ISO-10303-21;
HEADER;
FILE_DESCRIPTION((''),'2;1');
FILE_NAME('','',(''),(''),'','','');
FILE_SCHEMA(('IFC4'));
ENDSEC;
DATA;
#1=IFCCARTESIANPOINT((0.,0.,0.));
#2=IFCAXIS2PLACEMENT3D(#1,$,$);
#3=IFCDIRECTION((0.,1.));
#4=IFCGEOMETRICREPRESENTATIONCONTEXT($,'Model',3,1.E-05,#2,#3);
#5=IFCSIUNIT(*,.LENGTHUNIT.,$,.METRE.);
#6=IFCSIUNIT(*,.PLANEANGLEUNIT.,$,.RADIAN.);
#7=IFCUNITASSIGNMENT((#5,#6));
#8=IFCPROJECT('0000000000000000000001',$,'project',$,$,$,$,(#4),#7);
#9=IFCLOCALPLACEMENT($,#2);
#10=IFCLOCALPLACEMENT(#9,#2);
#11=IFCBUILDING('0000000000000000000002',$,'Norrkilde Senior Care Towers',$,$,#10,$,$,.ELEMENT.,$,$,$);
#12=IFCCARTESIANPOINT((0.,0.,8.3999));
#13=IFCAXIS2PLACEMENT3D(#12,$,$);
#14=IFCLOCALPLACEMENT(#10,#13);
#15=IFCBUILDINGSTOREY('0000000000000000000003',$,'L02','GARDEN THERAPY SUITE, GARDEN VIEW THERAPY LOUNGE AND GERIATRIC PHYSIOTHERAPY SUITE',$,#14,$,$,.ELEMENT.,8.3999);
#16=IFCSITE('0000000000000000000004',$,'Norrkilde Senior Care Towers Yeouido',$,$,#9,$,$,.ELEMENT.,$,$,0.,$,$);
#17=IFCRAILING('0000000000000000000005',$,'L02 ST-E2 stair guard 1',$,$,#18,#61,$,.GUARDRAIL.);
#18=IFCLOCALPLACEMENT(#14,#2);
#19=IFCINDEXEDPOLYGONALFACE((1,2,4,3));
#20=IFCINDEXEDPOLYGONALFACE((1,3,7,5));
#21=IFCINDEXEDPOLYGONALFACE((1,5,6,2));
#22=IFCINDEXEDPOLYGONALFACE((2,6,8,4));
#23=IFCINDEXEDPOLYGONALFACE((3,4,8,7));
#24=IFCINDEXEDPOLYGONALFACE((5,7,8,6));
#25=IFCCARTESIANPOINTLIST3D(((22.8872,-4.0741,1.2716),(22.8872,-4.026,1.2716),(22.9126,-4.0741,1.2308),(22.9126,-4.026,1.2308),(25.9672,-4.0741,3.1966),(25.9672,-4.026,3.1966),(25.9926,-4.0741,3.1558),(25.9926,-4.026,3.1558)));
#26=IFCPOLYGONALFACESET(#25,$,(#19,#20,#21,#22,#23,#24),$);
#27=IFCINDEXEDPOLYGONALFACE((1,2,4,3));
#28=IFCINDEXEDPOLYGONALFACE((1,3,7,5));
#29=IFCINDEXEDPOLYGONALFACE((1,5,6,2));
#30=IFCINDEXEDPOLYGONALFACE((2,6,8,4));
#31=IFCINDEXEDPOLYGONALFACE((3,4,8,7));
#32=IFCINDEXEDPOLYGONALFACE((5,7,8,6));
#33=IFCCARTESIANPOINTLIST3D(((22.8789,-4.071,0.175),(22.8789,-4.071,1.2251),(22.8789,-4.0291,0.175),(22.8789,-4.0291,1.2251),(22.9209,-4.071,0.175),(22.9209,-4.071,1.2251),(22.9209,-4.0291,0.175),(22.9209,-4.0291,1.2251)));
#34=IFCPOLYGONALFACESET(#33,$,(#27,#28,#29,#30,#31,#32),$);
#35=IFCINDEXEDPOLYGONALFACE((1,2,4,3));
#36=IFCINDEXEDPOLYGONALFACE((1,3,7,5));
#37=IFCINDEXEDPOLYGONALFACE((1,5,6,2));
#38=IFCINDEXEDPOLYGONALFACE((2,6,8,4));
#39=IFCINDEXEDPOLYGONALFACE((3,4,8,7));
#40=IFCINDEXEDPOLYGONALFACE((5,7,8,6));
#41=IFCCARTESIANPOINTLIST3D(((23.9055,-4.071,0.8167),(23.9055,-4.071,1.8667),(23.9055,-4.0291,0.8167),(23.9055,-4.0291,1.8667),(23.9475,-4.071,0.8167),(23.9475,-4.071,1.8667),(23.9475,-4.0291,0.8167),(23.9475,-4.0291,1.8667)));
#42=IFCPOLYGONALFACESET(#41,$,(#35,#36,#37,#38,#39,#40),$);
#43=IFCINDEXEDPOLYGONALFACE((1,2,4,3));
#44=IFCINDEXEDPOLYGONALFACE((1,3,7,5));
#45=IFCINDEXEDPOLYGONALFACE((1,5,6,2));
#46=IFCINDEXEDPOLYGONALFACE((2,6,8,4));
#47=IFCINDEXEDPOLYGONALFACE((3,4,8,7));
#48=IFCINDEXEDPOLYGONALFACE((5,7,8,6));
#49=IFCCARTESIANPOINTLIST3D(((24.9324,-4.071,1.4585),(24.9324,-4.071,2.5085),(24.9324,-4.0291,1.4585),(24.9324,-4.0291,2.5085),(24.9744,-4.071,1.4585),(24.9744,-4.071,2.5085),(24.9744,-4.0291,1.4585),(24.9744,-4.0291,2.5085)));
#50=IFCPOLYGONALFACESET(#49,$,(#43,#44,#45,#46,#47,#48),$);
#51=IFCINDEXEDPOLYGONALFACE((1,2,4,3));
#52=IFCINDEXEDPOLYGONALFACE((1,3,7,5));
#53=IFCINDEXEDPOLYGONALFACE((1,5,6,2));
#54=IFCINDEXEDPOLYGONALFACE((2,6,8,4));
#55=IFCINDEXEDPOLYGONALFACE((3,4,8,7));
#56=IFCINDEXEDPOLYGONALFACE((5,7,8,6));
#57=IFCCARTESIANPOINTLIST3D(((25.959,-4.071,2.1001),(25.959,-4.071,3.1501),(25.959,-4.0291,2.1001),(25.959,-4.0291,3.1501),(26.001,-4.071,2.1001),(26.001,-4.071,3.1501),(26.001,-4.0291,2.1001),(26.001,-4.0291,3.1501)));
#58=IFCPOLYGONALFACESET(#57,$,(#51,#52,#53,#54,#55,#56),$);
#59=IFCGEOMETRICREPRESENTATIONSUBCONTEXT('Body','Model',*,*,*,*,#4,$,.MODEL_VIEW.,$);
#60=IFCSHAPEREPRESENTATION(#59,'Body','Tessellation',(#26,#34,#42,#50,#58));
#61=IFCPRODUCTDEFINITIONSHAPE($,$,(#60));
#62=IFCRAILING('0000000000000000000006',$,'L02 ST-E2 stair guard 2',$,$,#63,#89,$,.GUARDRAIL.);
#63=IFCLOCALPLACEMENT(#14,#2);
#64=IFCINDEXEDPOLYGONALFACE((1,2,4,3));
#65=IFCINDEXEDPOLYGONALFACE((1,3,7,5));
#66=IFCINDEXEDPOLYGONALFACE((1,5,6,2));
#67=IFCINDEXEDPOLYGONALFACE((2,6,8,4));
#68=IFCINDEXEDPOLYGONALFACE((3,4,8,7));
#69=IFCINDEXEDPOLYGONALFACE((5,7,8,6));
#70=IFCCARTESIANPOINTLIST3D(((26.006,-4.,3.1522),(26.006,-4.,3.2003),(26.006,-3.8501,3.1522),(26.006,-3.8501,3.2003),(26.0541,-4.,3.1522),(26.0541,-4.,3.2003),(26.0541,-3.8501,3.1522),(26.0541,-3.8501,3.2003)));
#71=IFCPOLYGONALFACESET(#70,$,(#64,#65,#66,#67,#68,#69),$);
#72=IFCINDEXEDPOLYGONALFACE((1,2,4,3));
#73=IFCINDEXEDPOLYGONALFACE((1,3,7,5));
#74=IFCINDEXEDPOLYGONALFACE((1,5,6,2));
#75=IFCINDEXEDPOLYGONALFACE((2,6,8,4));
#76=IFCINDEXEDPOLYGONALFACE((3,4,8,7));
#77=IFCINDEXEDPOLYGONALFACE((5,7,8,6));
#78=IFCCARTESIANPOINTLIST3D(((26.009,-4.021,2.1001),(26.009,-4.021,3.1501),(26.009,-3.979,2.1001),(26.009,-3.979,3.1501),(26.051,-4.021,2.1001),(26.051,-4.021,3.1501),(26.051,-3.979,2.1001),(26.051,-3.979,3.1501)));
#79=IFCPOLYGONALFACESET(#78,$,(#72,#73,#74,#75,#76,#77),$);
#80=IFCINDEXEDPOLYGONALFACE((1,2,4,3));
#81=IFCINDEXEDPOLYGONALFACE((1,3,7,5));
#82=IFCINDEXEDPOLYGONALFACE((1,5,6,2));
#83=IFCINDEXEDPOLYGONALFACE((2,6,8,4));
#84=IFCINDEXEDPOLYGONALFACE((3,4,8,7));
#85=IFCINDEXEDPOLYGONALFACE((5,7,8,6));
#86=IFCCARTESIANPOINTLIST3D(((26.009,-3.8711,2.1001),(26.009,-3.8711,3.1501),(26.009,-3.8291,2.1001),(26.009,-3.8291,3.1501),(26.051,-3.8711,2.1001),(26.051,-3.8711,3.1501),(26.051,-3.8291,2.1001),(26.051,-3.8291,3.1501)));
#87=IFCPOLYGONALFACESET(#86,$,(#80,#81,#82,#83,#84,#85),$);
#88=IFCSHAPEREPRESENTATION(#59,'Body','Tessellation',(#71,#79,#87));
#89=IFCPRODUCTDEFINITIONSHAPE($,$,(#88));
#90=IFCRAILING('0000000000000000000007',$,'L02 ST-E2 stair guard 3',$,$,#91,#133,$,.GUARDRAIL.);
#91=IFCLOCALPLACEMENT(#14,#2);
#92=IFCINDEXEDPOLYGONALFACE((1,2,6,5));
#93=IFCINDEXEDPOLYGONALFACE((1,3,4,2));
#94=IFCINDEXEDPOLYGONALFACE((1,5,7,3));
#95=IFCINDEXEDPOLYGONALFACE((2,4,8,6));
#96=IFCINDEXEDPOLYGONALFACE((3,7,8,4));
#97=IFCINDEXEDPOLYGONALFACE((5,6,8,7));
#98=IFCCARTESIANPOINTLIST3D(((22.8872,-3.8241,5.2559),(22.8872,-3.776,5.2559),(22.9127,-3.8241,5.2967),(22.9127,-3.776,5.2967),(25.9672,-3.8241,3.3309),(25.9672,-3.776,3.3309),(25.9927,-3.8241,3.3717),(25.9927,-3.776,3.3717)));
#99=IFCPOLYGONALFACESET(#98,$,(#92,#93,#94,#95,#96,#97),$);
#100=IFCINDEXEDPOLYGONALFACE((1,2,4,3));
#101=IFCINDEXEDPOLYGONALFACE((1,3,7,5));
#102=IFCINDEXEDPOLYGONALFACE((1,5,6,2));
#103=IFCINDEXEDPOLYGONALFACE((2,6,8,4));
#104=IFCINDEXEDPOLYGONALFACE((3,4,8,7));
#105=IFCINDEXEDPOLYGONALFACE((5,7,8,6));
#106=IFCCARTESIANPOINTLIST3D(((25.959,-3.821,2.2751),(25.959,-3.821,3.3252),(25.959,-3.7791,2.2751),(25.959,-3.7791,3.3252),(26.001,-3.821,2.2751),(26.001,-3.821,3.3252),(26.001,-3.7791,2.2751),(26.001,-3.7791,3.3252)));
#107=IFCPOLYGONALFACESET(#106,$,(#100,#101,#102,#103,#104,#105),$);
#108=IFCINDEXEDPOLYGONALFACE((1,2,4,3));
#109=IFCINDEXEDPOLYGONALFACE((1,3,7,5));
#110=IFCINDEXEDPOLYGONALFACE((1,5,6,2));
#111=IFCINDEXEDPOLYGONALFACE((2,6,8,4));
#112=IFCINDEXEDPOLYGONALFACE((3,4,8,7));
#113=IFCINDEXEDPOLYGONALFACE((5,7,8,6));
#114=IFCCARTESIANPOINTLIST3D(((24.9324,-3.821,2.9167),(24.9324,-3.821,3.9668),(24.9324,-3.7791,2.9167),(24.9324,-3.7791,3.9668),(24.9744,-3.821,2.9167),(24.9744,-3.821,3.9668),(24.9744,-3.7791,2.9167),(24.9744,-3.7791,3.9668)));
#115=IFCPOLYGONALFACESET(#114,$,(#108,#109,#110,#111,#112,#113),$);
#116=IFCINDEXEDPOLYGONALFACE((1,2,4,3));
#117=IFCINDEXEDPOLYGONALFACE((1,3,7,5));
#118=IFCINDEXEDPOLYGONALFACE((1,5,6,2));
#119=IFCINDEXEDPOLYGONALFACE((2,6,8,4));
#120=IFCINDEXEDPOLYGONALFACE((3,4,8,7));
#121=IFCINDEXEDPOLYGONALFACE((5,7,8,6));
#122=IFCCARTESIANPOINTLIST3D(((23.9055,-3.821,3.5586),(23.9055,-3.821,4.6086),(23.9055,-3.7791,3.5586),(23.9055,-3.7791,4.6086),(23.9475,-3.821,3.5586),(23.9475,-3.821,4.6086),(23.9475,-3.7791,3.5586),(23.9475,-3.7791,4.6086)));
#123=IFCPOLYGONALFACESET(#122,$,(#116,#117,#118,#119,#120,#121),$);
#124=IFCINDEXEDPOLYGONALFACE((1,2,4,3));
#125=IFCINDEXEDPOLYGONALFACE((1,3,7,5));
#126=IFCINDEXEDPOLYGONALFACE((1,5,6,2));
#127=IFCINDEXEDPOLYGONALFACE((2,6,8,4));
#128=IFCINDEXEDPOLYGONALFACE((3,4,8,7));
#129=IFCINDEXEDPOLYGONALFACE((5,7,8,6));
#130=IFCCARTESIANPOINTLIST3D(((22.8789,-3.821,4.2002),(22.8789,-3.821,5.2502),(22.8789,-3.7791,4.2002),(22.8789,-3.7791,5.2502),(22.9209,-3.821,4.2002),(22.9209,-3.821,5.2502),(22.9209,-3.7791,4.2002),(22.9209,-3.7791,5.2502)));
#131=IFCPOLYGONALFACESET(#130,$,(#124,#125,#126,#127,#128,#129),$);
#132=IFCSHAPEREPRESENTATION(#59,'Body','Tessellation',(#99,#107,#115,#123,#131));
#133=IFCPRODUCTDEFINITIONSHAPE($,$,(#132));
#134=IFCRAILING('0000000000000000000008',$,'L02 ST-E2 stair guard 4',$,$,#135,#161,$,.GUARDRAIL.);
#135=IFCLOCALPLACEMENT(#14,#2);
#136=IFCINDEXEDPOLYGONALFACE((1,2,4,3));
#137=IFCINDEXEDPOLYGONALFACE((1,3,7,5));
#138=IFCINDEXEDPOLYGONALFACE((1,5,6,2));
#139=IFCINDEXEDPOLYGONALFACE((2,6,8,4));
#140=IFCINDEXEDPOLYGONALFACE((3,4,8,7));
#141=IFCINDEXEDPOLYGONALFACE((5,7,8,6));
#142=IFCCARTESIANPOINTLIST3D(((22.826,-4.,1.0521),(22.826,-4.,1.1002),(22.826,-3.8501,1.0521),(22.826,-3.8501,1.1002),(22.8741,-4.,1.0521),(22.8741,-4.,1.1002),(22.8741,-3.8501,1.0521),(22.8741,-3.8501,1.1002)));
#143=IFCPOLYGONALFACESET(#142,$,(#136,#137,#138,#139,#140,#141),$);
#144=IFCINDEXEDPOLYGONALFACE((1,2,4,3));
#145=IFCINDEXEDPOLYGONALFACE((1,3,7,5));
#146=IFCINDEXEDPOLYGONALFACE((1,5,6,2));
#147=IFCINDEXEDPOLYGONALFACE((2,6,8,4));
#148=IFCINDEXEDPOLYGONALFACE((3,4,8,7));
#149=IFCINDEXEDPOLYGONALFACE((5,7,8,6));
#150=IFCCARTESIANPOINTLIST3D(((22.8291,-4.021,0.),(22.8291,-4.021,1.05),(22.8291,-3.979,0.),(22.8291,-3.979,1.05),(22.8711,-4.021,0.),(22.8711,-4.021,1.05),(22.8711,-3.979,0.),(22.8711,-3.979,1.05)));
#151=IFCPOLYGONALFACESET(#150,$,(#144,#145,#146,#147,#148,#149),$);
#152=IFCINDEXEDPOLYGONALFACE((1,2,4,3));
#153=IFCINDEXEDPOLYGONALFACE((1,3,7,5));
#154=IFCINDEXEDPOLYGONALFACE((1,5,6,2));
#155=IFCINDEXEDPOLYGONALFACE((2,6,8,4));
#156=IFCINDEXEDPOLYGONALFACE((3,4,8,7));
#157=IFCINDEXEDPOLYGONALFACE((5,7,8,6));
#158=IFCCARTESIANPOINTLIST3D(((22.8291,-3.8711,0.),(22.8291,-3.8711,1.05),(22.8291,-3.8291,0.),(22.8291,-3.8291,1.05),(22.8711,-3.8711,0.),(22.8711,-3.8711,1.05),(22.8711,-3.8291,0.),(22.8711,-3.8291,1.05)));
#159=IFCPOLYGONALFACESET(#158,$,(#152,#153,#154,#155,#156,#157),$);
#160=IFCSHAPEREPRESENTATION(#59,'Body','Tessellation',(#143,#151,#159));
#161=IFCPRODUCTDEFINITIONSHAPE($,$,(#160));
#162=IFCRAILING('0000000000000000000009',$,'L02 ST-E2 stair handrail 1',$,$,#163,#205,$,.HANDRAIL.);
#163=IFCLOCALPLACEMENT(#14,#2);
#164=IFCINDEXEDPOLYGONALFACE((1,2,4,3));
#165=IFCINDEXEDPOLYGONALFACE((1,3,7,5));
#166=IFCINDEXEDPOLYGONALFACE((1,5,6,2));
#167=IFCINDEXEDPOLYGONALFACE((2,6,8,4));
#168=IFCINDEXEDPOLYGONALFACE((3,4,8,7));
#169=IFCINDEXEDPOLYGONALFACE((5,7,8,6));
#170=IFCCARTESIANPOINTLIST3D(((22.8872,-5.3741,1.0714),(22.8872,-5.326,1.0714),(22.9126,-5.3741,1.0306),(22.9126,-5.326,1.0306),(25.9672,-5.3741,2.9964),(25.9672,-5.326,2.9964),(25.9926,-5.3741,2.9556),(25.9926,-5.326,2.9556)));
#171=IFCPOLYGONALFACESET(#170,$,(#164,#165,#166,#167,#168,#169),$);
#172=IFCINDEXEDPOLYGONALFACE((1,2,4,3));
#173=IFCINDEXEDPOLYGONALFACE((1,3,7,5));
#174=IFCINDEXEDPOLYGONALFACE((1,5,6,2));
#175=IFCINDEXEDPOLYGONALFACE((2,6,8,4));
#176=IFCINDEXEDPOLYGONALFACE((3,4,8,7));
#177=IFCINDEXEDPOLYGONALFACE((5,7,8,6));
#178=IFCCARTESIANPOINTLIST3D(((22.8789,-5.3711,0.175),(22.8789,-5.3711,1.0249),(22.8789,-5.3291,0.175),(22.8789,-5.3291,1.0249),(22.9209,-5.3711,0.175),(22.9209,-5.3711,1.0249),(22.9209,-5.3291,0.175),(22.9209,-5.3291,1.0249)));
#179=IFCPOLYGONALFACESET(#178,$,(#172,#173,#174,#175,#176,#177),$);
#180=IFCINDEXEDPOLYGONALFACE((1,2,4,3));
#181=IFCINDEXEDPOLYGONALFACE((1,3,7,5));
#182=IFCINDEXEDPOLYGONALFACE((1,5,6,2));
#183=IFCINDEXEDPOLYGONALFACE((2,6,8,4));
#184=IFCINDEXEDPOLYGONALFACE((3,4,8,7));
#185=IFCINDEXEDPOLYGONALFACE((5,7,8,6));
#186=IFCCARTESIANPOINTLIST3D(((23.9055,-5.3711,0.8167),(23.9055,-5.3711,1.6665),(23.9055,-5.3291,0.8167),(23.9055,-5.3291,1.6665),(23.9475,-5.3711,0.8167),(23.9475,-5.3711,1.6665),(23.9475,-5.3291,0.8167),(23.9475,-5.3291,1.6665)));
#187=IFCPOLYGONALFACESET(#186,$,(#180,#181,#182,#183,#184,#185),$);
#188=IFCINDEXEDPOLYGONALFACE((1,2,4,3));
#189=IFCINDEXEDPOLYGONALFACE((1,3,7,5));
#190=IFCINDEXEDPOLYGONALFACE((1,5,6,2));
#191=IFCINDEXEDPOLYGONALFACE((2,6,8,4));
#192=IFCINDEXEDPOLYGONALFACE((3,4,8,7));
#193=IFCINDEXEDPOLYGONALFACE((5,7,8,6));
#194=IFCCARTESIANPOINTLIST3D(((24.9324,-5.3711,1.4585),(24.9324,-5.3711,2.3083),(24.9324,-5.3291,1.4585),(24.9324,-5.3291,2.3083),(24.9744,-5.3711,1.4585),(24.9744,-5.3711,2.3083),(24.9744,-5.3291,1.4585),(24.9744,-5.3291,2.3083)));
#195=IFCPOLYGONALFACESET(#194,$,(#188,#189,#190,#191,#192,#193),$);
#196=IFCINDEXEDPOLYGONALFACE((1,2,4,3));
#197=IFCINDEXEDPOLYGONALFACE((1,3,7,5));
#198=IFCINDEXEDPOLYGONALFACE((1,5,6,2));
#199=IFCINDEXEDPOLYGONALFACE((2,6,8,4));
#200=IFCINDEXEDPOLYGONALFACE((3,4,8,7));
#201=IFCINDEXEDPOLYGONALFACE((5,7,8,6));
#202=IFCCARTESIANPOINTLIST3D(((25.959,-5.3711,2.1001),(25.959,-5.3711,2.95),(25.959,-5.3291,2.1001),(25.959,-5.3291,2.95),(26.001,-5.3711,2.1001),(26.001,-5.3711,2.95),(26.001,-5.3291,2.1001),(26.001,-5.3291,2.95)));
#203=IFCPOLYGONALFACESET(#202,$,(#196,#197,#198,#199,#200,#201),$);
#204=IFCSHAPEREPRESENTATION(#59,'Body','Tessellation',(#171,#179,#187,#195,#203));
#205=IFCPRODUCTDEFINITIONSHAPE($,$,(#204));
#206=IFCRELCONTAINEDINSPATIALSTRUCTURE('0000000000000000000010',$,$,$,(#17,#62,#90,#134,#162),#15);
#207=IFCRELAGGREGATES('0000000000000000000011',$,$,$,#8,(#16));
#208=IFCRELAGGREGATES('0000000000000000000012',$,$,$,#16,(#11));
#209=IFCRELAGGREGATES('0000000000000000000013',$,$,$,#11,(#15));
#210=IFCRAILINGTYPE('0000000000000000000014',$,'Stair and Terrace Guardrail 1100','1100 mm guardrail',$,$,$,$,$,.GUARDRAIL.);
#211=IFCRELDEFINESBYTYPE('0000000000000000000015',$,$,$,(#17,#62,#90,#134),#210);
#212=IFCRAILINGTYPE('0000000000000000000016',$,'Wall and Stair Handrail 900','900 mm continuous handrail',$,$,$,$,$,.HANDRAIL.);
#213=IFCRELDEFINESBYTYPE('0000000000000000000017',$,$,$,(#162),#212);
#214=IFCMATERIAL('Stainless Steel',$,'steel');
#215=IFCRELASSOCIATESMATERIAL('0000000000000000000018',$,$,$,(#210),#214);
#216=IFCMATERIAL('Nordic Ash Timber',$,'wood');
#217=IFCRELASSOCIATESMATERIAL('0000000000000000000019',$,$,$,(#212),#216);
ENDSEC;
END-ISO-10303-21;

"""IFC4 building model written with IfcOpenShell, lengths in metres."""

from ifc_helpers import new_model, si_unit, direction, frame, origin, origin_2d, place, context, subcontext, project, spatial, rectangle, extrude, material, type_object, element, save


model = new_model("IFC4")

# Units and contexts
model_context = context("Model", 3, precision=1e-05, world=origin(), true_north=direction((0.0, 1.0)))
body_context = subcontext(model_context, "Body", "Model", "MODEL_VIEW")
ifc_project = project(units=[si_unit("LENGTHUNIT", "METRE"), si_unit("PLANEANGLEUNIT", "RADIAN")], contexts=[model_context])

# Site, building, storey
site_placement = place(None, origin())
site = spatial("IfcSite", under=ifc_project, at=site_placement, Name="Norrkilde Senior Care Towers Yeouido", CompositionType="ELEMENT", RefElevation=0.0)
building_placement = place(site_placement, origin())
building = spatial("IfcBuilding", under=site, at=building_placement, Name="Norrkilde Senior Care Towers", CompositionType="ELEMENT")
storey_placement = place(building_placement, frame((0.0, 0.0, 8.3999)))
storey = spatial("IfcBuildingStorey", under=building, at=storey_placement, Name="L02", Description="GARDEN THERAPY SUITE, GARDEN VIEW THERAPY LOUNGE AND GERIATRIC PHYSIOTHERAPY SUITE", CompositionType="ELEMENT", Elevation=8.3999)

# Railings
ifc_material_1 = material(Name="Stainless Steel", Category="steel")
railing_type_1 = type_object("IfcRailingType", Name="Stair and Terrace Guardrail 1100", Description="1100 mm guardrail", PredefinedType="GUARDRAIL", material=ifc_material_1)
railing_1_placement = place(storey_placement, frame((22.8999, -4.05, 0.175)))
element("IfcRailing", 1, at=railing_1_placement, inside=storey, type_object=railing_type_1, Name="L02 ST-E2 stair guard 1", PredefinedType="GUARDRAIL", context=body_context, shape_type="SweptSolid", body=[
    extrude(rectangle(XDim=0.0481, YDim=0.0481, at=origin_2d()), frame((0.0, 0.0, 1.0762), z_axis=(0.847998, 0.0, 0.529999), x_axis=(0.0, 1.0, 0.0)), (0.0, 0.0, 1.0), 3.6321),
    extrude(rectangle(XDim=0.042, YDim=0.042, at=origin_2d()), origin(), (0.0, 0.0, 1.0), 1.05),
    extrude(rectangle(XDim=0.042, YDim=0.042, at=origin_2d()), frame((1.0266, 0.0, 0.6416)), (0.0, 0.0, 1.0), 1.05),
    extrude(rectangle(XDim=0.042, YDim=0.042, at=origin_2d()), frame((2.0535, 0.0, 1.2834)), (0.0, 0.0, 1.0), 1.05),
    extrude(rectangle(XDim=0.042, YDim=0.042, at=origin_2d()), frame((3.0801, 0.0, 1.925)), (0.0, 0.0, 1.0), 1.05),
])
railing_2_placement = place(storey_placement, frame((26.03, -4.0, 2.1001)))
element("IfcRailing", 2, at=railing_2_placement, inside=storey, type_object=railing_type_1, Name="L02 ST-E2 stair guard 2", PredefinedType="GUARDRAIL", context=body_context, shape_type="SweptSolid", body=[
    extrude(rectangle(XDim=0.0481, YDim=0.0481, at=origin_2d()), frame((0.0, 0.0, 1.0762), z_axis=(0.0, 1.0, 0.0), x_axis=(-1.0, 0.0, 0.0)), (0.0, 0.0, 1.0), 0.1499),
    extrude(rectangle(XDim=0.042, YDim=0.042, at=origin_2d()), origin(), (0.0, 0.0, 1.0), 1.05),
    extrude(rectangle(XDim=0.042, YDim=0.042, at=origin_2d()), frame((0.0, 0.1499, 0.0)), (0.0, 0.0, 1.0), 1.05),
])
railing_3_placement = place(storey_placement, frame((25.98, -3.8, 2.2751)))
element("IfcRailing", 3, at=railing_3_placement, inside=storey, type_object=railing_type_1, Name="L02 ST-E2 stair guard 3", PredefinedType="GUARDRAIL", context=body_context, shape_type="SweptSolid", body=[
    extrude(rectangle(XDim=0.0481, YDim=0.0481, at=origin_2d()), frame((0.0, 0.0, 1.0762), z_axis=(-0.847998, 0.0, 0.529999), x_axis=(0.0, -1.0, 0.0)), (0.0, 0.0, 1.0), 3.6321),
    extrude(rectangle(XDim=0.042, YDim=0.042, at=origin_2d()), origin(), (0.0, 0.0, 1.0), 1.05),
    extrude(rectangle(XDim=0.042, YDim=0.042, at=origin_2d()), frame((-1.0266, 0.0, 0.6416)), (0.0, 0.0, 1.0), 1.05),
    extrude(rectangle(XDim=0.042, YDim=0.042, at=origin_2d()), frame((-2.0535, 0.0, 1.2834)), (0.0, 0.0, 1.0), 1.05),
    extrude(rectangle(XDim=0.042, YDim=0.042, at=origin_2d()), frame((-3.0801, 0.0, 1.925)), (0.0, 0.0, 1.0), 1.05),
])
railing_4_placement = place(storey_placement, frame((22.8501, -4.0, 0.0)))
element("IfcRailing", 4, at=railing_4_placement, inside=storey, type_object=railing_type_1, Name="L02 ST-E2 stair guard 4", PredefinedType="GUARDRAIL", context=body_context, shape_type="SweptSolid", body=[
    extrude(rectangle(XDim=0.0481, YDim=0.0481, at=origin_2d()), frame((0.0, 0.0, 1.0762), z_axis=(0.0, 1.0, 0.0), x_axis=(-1.0, 0.0, 0.0)), (0.0, 0.0, 1.0), 0.1499),
    extrude(rectangle(XDim=0.042, YDim=0.042, at=origin_2d()), origin(), (0.0, 0.0, 1.0), 1.05),
    extrude(rectangle(XDim=0.042, YDim=0.042, at=origin_2d()), frame((0.0, 0.1499, 0.0)), (0.0, 0.0, 1.0), 1.05),
])
ifc_material_2 = material(Name="Nordic Ash Timber", Category="wood")
railing_type_2 = type_object("IfcRailingType", Name="Wall and Stair Handrail 900", Description="900 mm continuous handrail", PredefinedType="HANDRAIL", material=ifc_material_2)
railing_5_placement = place(storey_placement, frame((22.8999, -5.3501, 0.175)))
element("IfcRailing", 5, at=railing_5_placement, inside=storey, type_object=railing_type_2, Name="L02 ST-E2 stair handrail 1", PredefinedType="HANDRAIL", context=body_context, shape_type="SweptSolid", body=[
    extrude(rectangle(XDim=0.0481, YDim=0.0481, at=origin_2d()), frame((0.0, 0.0, 0.876), z_axis=(0.847998, 0.0, 0.529999), x_axis=(0.0, 1.0, 0.0)), (0.0, 0.0, 1.0), 3.6321),
    extrude(rectangle(XDim=0.042, YDim=0.042, at=origin_2d()), origin(), (0.0, 0.0, 1.0), 0.8499),
    extrude(rectangle(XDim=0.042, YDim=0.042, at=origin_2d()), frame((1.0266, 0.0, 0.6416)), (0.0, 0.0, 1.0), 0.8499),
    extrude(rectangle(XDim=0.042, YDim=0.042, at=origin_2d()), frame((2.0535, 0.0, 1.2834)), (0.0, 0.0, 1.0), 0.8499),
    extrude(rectangle(XDim=0.042, YDim=0.042, at=origin_2d()), frame((3.0801, 0.0, 1.925)), (0.0, 0.0, 1.0), 0.8499),
])

save(model, "model.ifc")
